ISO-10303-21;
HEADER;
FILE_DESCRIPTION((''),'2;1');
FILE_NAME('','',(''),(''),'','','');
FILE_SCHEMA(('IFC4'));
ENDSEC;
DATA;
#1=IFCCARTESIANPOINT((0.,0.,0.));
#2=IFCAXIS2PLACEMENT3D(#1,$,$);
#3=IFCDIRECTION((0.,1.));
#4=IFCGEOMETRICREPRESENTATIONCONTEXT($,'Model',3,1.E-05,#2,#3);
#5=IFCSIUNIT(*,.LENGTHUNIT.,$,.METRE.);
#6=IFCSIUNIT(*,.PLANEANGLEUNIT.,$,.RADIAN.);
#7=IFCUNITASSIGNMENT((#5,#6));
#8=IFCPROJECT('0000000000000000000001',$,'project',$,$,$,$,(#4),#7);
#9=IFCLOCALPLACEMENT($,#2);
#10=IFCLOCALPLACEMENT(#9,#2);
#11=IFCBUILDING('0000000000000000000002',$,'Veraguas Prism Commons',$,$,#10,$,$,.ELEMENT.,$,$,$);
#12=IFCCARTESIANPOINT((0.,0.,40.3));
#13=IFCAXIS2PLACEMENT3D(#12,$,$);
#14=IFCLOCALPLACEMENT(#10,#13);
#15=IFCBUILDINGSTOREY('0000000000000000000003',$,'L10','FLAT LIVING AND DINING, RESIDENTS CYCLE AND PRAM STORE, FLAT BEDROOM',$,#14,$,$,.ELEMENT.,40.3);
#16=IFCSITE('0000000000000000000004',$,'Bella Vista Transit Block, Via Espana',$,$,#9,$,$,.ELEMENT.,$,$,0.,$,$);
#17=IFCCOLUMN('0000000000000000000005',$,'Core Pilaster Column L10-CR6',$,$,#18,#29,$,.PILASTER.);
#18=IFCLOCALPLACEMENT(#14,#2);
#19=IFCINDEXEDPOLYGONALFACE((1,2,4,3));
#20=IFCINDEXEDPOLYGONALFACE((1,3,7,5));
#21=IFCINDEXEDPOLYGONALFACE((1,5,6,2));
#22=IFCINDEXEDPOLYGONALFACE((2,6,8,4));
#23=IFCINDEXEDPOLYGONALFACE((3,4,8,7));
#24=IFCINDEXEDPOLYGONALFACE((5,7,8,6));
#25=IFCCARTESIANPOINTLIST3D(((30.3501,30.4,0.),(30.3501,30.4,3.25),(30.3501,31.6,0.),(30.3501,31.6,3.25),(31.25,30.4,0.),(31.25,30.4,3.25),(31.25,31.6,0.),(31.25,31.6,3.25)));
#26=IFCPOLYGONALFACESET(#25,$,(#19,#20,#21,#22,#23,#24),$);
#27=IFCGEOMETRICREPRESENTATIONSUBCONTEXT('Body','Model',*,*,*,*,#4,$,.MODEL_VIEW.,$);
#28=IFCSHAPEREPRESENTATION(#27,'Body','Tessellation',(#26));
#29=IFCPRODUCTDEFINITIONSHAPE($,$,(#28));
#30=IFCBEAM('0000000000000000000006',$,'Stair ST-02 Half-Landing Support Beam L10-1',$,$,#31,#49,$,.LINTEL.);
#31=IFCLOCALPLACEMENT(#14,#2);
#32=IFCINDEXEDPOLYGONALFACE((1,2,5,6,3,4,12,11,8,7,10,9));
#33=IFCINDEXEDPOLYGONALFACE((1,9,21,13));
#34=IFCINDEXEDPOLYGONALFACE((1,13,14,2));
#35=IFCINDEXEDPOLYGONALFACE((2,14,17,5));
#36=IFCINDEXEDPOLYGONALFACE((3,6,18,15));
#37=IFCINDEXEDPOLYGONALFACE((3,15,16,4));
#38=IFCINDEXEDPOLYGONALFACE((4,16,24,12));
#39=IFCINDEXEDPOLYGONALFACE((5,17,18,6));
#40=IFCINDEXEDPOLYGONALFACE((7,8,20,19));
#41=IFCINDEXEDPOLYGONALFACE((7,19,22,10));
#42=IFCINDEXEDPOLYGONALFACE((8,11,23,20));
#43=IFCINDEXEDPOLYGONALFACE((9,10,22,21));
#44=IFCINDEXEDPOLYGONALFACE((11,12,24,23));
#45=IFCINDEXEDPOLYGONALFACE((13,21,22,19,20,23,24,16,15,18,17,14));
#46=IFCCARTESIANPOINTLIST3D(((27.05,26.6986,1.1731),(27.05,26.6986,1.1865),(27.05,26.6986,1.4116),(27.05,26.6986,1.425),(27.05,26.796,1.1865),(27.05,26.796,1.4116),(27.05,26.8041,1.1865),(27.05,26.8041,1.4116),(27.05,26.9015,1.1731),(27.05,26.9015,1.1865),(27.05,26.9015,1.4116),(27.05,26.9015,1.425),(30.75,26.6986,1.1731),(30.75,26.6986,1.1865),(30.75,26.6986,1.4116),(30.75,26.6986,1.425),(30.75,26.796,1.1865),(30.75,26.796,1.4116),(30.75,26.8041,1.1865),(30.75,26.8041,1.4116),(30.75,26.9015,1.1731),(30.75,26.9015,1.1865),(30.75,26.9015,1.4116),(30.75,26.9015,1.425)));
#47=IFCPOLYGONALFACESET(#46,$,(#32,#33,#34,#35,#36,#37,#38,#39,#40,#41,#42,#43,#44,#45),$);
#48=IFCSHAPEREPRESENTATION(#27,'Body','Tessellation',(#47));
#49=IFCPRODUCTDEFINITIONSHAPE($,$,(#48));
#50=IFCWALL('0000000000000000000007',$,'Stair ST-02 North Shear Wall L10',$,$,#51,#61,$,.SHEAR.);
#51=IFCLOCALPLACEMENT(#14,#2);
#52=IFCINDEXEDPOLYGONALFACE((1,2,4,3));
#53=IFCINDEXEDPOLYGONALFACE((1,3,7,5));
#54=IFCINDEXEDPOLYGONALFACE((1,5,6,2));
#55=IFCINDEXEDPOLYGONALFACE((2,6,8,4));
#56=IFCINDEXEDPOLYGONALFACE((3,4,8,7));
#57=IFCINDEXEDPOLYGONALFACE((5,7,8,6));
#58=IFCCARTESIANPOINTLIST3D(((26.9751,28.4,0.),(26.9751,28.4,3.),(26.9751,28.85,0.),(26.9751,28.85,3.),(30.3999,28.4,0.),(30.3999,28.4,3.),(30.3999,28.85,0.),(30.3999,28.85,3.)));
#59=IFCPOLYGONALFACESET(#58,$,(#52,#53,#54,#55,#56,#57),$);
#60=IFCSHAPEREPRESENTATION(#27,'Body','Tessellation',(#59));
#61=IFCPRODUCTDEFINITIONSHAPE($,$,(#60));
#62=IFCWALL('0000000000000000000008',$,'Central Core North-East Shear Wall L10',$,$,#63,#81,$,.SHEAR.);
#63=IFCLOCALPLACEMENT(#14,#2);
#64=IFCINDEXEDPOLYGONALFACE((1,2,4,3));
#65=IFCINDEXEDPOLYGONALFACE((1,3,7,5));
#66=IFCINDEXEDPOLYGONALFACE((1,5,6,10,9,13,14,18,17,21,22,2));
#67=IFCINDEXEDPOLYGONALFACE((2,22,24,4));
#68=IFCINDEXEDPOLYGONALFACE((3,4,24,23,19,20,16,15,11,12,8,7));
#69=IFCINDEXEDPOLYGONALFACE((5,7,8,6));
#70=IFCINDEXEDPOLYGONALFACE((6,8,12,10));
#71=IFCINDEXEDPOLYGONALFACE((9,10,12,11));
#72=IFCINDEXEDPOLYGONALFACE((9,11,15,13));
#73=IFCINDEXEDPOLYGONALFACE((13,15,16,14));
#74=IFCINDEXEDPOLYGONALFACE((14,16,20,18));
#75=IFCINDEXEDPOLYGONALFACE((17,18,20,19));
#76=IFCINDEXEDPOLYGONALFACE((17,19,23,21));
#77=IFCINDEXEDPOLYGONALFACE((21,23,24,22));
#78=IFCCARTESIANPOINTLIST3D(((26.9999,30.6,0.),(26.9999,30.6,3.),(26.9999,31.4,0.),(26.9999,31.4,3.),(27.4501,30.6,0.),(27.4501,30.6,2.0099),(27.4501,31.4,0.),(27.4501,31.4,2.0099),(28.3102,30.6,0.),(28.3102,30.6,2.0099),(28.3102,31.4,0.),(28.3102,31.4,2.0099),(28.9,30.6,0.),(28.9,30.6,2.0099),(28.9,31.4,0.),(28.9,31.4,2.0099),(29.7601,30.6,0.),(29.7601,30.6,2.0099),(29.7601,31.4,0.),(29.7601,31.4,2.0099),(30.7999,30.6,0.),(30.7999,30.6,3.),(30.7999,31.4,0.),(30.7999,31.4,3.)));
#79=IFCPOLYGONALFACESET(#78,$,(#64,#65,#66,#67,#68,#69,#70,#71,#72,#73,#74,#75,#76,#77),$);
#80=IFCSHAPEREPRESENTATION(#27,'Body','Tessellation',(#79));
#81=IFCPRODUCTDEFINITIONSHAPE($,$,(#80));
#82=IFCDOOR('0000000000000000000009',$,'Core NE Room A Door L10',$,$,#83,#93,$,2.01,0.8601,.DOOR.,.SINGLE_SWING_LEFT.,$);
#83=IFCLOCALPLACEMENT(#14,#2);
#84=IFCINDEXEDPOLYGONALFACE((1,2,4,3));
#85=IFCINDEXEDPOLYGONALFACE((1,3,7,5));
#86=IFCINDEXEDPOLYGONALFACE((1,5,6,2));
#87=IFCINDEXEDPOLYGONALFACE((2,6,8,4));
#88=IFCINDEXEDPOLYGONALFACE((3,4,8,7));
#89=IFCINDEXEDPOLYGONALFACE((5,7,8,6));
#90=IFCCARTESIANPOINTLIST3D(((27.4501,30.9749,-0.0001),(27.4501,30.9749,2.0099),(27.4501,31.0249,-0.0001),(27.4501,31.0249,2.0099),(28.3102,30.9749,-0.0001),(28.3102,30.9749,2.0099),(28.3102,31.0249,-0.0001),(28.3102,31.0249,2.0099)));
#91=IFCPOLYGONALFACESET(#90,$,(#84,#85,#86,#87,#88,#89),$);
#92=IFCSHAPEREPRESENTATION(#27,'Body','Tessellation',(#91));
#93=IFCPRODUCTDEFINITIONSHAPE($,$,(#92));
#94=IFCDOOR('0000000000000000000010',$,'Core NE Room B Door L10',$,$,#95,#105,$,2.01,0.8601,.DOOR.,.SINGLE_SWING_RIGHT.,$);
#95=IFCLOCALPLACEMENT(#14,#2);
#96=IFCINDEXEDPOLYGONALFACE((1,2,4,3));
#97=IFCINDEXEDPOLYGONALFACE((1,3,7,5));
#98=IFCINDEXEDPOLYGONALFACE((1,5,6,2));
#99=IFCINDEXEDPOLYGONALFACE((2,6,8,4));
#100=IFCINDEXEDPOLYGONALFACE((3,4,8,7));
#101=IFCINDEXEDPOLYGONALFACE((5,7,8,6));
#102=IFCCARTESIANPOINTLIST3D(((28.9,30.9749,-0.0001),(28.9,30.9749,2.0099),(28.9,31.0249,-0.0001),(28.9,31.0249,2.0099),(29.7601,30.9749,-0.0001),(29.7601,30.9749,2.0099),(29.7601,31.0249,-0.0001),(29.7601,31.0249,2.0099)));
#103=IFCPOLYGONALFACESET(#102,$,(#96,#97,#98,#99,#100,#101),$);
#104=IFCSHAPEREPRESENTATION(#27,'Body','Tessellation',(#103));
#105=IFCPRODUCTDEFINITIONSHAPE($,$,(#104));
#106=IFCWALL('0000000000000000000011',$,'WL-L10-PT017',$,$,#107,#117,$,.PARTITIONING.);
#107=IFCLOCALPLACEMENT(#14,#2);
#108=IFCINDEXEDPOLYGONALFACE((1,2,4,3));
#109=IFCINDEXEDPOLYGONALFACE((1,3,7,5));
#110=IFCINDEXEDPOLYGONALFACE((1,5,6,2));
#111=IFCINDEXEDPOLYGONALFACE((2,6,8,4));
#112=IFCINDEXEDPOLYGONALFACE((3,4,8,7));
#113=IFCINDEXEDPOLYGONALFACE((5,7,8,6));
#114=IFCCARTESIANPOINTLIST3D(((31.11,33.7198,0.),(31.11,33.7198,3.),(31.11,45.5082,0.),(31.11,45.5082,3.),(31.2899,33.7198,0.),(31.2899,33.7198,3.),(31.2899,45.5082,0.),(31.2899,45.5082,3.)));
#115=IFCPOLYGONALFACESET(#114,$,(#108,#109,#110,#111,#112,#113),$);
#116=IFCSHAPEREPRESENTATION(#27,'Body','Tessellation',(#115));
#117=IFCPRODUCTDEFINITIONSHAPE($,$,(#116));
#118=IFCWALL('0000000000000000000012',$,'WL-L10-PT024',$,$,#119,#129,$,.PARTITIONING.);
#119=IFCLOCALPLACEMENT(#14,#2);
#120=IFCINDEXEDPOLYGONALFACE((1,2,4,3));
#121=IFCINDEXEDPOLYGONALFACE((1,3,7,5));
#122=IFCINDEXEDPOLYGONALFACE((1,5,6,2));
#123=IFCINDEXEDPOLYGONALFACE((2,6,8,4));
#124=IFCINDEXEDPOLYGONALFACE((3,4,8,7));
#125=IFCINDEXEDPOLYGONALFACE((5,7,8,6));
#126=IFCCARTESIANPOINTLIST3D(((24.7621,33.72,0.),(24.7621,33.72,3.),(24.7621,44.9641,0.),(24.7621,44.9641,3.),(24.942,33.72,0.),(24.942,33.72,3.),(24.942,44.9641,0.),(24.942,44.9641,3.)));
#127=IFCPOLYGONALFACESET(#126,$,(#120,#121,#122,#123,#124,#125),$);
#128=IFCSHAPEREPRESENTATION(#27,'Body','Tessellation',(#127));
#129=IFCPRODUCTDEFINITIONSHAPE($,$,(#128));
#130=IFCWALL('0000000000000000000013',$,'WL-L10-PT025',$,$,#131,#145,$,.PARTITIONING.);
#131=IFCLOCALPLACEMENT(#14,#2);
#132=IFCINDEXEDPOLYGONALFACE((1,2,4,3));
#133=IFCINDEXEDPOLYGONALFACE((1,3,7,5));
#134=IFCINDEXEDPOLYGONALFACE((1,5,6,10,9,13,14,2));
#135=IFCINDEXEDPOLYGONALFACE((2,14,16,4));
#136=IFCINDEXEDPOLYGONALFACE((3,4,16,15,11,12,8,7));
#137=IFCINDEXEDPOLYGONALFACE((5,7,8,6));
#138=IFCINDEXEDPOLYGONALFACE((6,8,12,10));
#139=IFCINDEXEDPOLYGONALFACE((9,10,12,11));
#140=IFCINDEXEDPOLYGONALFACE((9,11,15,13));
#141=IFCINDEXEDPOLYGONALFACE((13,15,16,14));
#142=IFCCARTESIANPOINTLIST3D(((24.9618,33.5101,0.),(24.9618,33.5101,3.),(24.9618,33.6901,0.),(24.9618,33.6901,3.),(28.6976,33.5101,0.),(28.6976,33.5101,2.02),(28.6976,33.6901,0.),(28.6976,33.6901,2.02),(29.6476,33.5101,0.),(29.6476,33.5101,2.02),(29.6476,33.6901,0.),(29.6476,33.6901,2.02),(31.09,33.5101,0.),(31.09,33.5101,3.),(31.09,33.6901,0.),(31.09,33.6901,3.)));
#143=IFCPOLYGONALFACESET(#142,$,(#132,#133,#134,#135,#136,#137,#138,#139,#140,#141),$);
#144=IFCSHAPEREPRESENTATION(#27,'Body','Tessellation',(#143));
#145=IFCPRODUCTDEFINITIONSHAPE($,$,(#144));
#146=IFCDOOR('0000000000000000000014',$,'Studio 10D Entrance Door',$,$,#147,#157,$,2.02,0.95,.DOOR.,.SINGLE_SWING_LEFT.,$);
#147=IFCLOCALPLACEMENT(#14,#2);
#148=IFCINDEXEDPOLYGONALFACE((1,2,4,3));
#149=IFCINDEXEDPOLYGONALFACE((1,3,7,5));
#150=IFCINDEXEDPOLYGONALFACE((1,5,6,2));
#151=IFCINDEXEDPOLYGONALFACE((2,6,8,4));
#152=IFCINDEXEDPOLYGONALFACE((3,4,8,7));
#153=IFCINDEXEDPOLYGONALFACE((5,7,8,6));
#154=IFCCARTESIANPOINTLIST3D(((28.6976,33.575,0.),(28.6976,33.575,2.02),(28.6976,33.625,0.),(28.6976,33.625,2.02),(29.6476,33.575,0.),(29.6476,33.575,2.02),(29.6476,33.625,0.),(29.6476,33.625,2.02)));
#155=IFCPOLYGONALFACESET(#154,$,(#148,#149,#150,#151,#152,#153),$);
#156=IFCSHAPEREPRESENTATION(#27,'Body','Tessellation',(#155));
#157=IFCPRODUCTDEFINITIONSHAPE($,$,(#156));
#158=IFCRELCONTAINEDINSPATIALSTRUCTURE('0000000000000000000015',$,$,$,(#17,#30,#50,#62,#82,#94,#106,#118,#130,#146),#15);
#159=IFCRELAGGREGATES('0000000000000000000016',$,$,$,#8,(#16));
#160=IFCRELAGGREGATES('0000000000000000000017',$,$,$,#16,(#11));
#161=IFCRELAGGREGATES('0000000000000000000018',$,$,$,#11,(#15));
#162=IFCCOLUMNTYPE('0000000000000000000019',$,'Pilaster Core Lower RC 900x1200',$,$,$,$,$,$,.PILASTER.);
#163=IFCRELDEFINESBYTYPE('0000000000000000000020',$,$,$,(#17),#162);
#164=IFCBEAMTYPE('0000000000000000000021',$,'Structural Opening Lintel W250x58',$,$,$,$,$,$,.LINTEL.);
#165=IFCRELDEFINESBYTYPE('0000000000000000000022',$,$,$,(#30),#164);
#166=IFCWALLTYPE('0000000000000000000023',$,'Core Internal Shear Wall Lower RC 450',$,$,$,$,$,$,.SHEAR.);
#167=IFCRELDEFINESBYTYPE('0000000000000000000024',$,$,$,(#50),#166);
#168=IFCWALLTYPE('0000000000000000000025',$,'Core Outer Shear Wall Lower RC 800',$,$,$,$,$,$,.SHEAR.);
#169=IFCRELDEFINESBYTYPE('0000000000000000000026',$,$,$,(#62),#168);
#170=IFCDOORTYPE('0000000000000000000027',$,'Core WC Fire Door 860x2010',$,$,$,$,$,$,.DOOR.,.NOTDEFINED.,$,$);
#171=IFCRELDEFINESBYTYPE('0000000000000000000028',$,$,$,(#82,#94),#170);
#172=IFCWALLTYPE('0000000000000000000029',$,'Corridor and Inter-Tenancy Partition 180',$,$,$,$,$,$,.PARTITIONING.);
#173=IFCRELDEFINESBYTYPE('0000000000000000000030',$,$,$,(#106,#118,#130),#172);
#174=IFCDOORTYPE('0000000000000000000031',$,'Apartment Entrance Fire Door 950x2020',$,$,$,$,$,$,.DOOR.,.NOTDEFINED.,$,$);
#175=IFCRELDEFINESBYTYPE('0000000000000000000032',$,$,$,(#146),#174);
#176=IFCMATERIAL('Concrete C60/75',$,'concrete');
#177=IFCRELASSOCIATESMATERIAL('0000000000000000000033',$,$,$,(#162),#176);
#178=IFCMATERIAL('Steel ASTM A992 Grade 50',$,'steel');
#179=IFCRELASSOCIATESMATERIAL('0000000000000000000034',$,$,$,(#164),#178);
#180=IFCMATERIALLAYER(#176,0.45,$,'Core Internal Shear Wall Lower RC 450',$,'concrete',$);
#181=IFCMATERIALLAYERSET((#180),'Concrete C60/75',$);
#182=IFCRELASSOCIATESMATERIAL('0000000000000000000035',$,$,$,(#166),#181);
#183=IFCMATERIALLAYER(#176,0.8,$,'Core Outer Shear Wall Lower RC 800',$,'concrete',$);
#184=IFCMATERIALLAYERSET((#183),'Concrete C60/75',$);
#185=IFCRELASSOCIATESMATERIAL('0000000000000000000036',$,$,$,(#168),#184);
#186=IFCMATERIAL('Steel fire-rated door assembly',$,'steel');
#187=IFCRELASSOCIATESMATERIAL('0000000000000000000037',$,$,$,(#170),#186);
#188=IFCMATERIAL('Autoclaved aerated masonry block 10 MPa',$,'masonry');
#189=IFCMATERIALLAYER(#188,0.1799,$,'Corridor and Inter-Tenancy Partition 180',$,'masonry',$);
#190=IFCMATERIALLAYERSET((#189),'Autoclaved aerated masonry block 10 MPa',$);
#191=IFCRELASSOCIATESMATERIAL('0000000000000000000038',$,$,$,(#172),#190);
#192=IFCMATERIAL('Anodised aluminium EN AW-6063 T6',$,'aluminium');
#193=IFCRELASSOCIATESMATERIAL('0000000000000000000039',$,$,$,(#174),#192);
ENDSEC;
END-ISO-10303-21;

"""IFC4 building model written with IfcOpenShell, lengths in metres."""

from ifc_helpers import new_model, si_unit, direction, frame, frame_2d, origin, origin_2d, place, context, subcontext, project, spatial, rectangle, i_section, extrude, source, transform, mapped, material, layer, layer_set, material_profile, profile_set, type_object, element, fill, save


model = new_model("IFC4")

# Units and contexts
model_context = context("Model", 3, precision=1e-05, world=origin(), true_north=direction((0.0, 1.0)))
body_context = subcontext(model_context, "Body", "Model", "MODEL_VIEW")
ifc_project = project(units=[si_unit("LENGTHUNIT", "METRE"), si_unit("PLANEANGLEUNIT", "RADIAN")], contexts=[model_context])

# Site, building, storey
site_placement = place(None, origin())
site = spatial("IfcSite", under=ifc_project, at=site_placement, Name="Bella Vista Transit Block, Via Espana", CompositionType="ELEMENT", RefElevation=0.0)
building_placement = place(site_placement, origin())
building = spatial("IfcBuilding", under=site, at=building_placement, Name="Veraguas Prism Commons", CompositionType="ELEMENT")
storey_placement = place(building_placement, frame((0.0, 0.0, 40.3)))
storey = spatial("IfcBuildingStorey", under=building, at=storey_placement, Name="L10", Description="FLAT LIVING AND DINING, RESIDENTS CYCLE AND PRAM STORE, FLAT BEDROOM", CompositionType="ELEMENT", Elevation=40.3)

# Column
ifc_material_1 = material(Name="Concrete C60/75", Category="concrete")
ifc_material_profile_1 = material_profile(ifc_material_1, rectangle(XDim=0.8999, YDim=1.2, at=origin_2d()), Name="RC900X1200")
ifc_profile_set_1 = profile_set([ifc_material_profile_1], Name="Concrete C60/75")
column_type = type_object("IfcColumnType", Name="Pilaster Core Lower RC 900x1200", PredefinedType="PILASTER", material=ifc_profile_set_1)
column_placement = place(storey_placement, frame((30.8, 31.0, 0.0), z_axis=(0.0, 0.0, 1.0), x_axis=(1.0, 0.0, 0.0)))
element("IfcColumn", 1, at=column_placement, inside=storey, type_object=column_type, Name="Core Pilaster Column L10-CR6", PredefinedType="PILASTER", context=body_context, shape_type="SweptSolid", body=[
    extrude(rectangle(XDim=0.8999, YDim=1.2, at=origin_2d()), origin(), (0.0, 0.0, 1.0), 3.25),
])

# Beam
ifc_material_2 = material(Name="Steel ASTM A992 Grade 50", Category="steel")
ifc_material_profile_2 = material_profile(ifc_material_2, i_section(OverallWidth=0.2029, OverallDepth=0.252, WebThickness=0.0081, FlangeThickness=0.0134, at=origin_2d()), Name="W250X58")
ifc_profile_set_2 = profile_set([ifc_material_profile_2], Name="Steel ASTM A992 Grade 50")
beam_type = type_object("IfcBeamType", Name="Structural Opening Lintel W250x58", PredefinedType="LINTEL", material=ifc_profile_set_2)
beam_placement = place(storey_placement, frame((27.05, 26.8, 1.2991), z_axis=(1.0, 0.0, 0.0), x_axis=(0.0, 1.0, 0.0)))
element("IfcBeam", 2, at=beam_placement, inside=storey, type_object=beam_type, Name="Stair ST-02 Half-Landing Support Beam L10-1", PredefinedType="LINTEL", context=body_context, shape_type="SweptSolid", body=[
    extrude(i_section(OverallWidth=0.2029, OverallDepth=0.252, WebThickness=0.0081, FlangeThickness=0.0134, at=origin_2d()), origin(), (0.0, 0.0, 1.0), 3.7),
])

# Wall
ifc_layer_1 = layer(ifc_material_1, 0.45, Name="Core Internal Shear Wall Lower RC 450", Category="concrete")
ifc_layer_set_1 = layer_set([ifc_layer_1], Name="Concrete C60/75")
wall_type_1 = type_object("IfcWallType", Name="Core Internal Shear Wall Lower RC 450", PredefinedType="SHEAR", material=ifc_layer_set_1)
wall_1_placement = place(storey_placement, frame((26.9751, 28.625, 0.0), z_axis=(0.0, 0.0, 1.0), x_axis=(1.0, 0.0, 0.0)))
element("IfcWall", 3, at=wall_1_placement, inside=storey, type_object=wall_type_1, Name="Stair ST-02 North Shear Wall L10", PredefinedType="SHEAR", context=body_context, shape_type="SweptSolid", body=[
    extrude(rectangle(XDim=3.4248, YDim=0.45, at=frame_2d((1.7124, 0.0))), origin(), (0.0, 0.0, 1.0), 3.0),
])

# Wall, openings, doors
ifc_layer_2 = layer(ifc_material_1, 0.8, Name="Core Outer Shear Wall Lower RC 800", Category="concrete")
ifc_layer_set_2 = layer_set([ifc_layer_2], Name="Concrete C60/75")
wall_type_2 = type_object("IfcWallType", Name="Core Outer Shear Wall Lower RC 800", PredefinedType="SHEAR", material=ifc_layer_set_2)
wall_2_placement = place(storey_placement, frame((27.0, 31.0, 0.0), z_axis=(0.0, 0.0, 1.0), x_axis=(1.0, 0.0, 0.0)))
wall_2 = element("IfcWall", 4, at=wall_2_placement, inside=storey, type_object=wall_type_2, Name="Central Core North-East Shear Wall L10", PredefinedType="SHEAR", context=body_context, shape_type="SweptSolid", body=[
    extrude(rectangle(XDim=3.8, YDim=0.8, at=frame_2d((1.8999, 0.0))), origin(), (0.0, 0.0, 1.0), 3.0),
])
opening_1_placement = place(wall_2_placement, frame((0.45, 0.0, 0.0)))
opening_1 = element("IfcOpeningElement", 5, at=opening_1_placement, cuts=wall_2, PredefinedType="OPENING", context=body_context, shape_type="SweptSolid", body=[
    extrude(rectangle(XDim=0.8601, YDim=2.01, at=frame_2d((0.4302, 1.0049))), frame((0.0, 0.4099, 0.0), z_axis=(0.0, -1.0, 0.0), x_axis=(1.0, 0.0, 0.0)), (0.0, 0.0, 1.0), 0.8201),
])
opening_2_placement = place(wall_2_placement, frame((1.8999, 0.0, 0.0)))
opening_2 = element("IfcOpeningElement", 6, at=opening_2_placement, cuts=wall_2, PredefinedType="OPENING", context=body_context, shape_type="SweptSolid", body=[
    extrude(rectangle(XDim=0.8601, YDim=2.01, at=frame_2d((0.4302, 1.0049))), frame((0.0, 0.4099, 0.0), z_axis=(0.0, -1.0, 0.0), x_axis=(1.0, 0.0, 0.0)), (0.0, 0.0, 1.0), 0.8201),
])
ifc_material_3 = material(Name="Steel fire-rated door assembly", Category="steel")
door_type_1 = type_object("IfcDoorType", Name="Core WC Fire Door 860x2010", OperationType="NOTDEFINED", PredefinedType="DOOR", material=ifc_material_3)
shared_shape_1 = source(origin(), body_context, "Body", "SweptSolid", [
    extrude(rectangle(XDim=0.8601, YDim=2.01, at=frame_2d((0.4302, 1.0049))), frame((0.0, 0.0249, 0.0), z_axis=(0.0, -1.0, 0.0), x_axis=(1.0, 0.0, 0.0)), (0.0, 0.0, 1.0), 0.05),
])
door_1_placement = place(opening_1_placement, origin())
door_1 = element("IfcDoor", 7, at=door_1_placement, inside=storey, type_object=door_type_1, Name="Core NE Room A Door L10", OperationType="SINGLE_SWING_LEFT", OverallHeight=2.01, OverallWidth=0.8601, PredefinedType="DOOR", context=body_context, shape_type="MappedRepresentation", body=[
    mapped(shared_shape_1, transform((0.0, 0.0, 0.0), scale=1.0)),
])
fill(opening_1, door_1)
door_2_placement = place(opening_2_placement, origin())
door_2 = element("IfcDoor", 8, at=door_2_placement, inside=storey, type_object=door_type_1, Name="Core NE Room B Door L10", OperationType="SINGLE_SWING_RIGHT", OverallHeight=2.01, OverallWidth=0.8601, PredefinedType="DOOR", context=body_context, shape_type="MappedRepresentation", body=[
    mapped(shared_shape_1, transform((0.0, 0.0, 0.0), scale=1.0)),
])
fill(opening_2, door_2)

# Walls
ifc_material_4 = material(Name="Autoclaved aerated masonry block 10 MPa", Category="masonry")
ifc_layer_3 = layer(ifc_material_4, 0.1799, Name="Corridor and Inter-Tenancy Partition 180", Category="masonry")
ifc_layer_set_3 = layer_set([ifc_layer_3], Name="Autoclaved aerated masonry block 10 MPa")
wall_type_3 = type_object("IfcWallType", Name="Corridor and Inter-Tenancy Partition 180", PredefinedType="PARTITIONING", material=ifc_layer_set_3)
wall_3_placement = place(storey_placement, frame((31.2, 33.72, 0.0), z_axis=(0.0, 0.0, 1.0), x_axis=(0.0, 1.0, 0.0)))
element("IfcWall", 9, at=wall_3_placement, inside=storey, type_object=wall_type_3, Name="WL-L10-PT017", PredefinedType="PARTITIONING", context=body_context, shape_type="SweptSolid", body=[
    extrude(rectangle(XDim=11.7883, YDim=0.1799, at=frame_2d((5.894, 0.0))), origin(), (0.0, 0.0, 1.0), 3.0),
])
wall_4_placement = place(storey_placement, frame((24.8521, 33.72, 0.0), z_axis=(0.0, 0.0, 1.0), x_axis=(0.0, 1.0, 0.0)))
element("IfcWall", 10, at=wall_4_placement, inside=storey, type_object=wall_type_3, Name="WL-L10-PT024", PredefinedType="PARTITIONING", context=body_context, shape_type="SweptSolid", body=[
    extrude(rectangle(XDim=11.2441, YDim=0.1799, at=frame_2d((5.6221, 0.0))), origin(), (0.0, 0.0, 1.0), 3.0),
])

# Wall, opening, door
wall_5_placement = place(storey_placement, frame((24.9619, 33.6001, 0.0), z_axis=(0.0, 0.0, 1.0), x_axis=(1.0, 0.0, 0.0)))
wall_5 = element("IfcWall", 11, at=wall_5_placement, inside=storey, type_object=wall_type_3, Name="WL-L10-PT025", PredefinedType="PARTITIONING", context=body_context, shape_type="SweptSolid", body=[
    extrude(rectangle(XDim=6.1282, YDim=0.1799, at=frame_2d((3.064, 0.0))), origin(), (0.0, 0.0, 1.0), 3.0),
])
opening_3_placement = place(wall_5_placement, frame((3.7356, 0.0, 0.0)))
opening_3 = element("IfcOpeningElement", 12, at=opening_3_placement, cuts=wall_5, PredefinedType="OPENING", context=body_context, shape_type="SweptSolid", body=[
    extrude(rectangle(XDim=0.95, YDim=2.02, at=frame_2d((0.4751, 1.01))), frame((0.0, 0.0999, 0.0), z_axis=(0.0, -1.0, 0.0), x_axis=(1.0, 0.0, 0.0)), (0.0, 0.0, 1.0), 0.2),
])
ifc_material_5 = material(Name="Anodised aluminium EN AW-6063 T6", Category="aluminium")
door_type_2 = type_object("IfcDoorType", Name="Apartment Entrance Fire Door 950x2020", OperationType="NOTDEFINED", PredefinedType="DOOR", material=ifc_material_5)
shared_shape_2 = source(origin(), body_context, "Body", "SweptSolid", [
    extrude(rectangle(XDim=0.95, YDim=2.02, at=frame_2d((0.4751, 1.01))), frame((0.0, 0.0249, 0.0), z_axis=(0.0, -1.0, 0.0), x_axis=(1.0, 0.0, 0.0)), (0.0, 0.0, 1.0), 0.05),
])
door_3_placement = place(opening_3_placement, origin())
door_3 = element("IfcDoor", 13, at=door_3_placement, inside=storey, type_object=door_type_2, Name="Studio 10D Entrance Door", OperationType="SINGLE_SWING_LEFT", OverallHeight=2.02, OverallWidth=0.95, PredefinedType="DOOR", context=body_context, shape_type="MappedRepresentation", body=[
    mapped(shared_shape_2, transform((0.0, 0.0, 0.0), scale=1.0)),
])
fill(opening_3, door_3)

save(model, "model.ifc")
